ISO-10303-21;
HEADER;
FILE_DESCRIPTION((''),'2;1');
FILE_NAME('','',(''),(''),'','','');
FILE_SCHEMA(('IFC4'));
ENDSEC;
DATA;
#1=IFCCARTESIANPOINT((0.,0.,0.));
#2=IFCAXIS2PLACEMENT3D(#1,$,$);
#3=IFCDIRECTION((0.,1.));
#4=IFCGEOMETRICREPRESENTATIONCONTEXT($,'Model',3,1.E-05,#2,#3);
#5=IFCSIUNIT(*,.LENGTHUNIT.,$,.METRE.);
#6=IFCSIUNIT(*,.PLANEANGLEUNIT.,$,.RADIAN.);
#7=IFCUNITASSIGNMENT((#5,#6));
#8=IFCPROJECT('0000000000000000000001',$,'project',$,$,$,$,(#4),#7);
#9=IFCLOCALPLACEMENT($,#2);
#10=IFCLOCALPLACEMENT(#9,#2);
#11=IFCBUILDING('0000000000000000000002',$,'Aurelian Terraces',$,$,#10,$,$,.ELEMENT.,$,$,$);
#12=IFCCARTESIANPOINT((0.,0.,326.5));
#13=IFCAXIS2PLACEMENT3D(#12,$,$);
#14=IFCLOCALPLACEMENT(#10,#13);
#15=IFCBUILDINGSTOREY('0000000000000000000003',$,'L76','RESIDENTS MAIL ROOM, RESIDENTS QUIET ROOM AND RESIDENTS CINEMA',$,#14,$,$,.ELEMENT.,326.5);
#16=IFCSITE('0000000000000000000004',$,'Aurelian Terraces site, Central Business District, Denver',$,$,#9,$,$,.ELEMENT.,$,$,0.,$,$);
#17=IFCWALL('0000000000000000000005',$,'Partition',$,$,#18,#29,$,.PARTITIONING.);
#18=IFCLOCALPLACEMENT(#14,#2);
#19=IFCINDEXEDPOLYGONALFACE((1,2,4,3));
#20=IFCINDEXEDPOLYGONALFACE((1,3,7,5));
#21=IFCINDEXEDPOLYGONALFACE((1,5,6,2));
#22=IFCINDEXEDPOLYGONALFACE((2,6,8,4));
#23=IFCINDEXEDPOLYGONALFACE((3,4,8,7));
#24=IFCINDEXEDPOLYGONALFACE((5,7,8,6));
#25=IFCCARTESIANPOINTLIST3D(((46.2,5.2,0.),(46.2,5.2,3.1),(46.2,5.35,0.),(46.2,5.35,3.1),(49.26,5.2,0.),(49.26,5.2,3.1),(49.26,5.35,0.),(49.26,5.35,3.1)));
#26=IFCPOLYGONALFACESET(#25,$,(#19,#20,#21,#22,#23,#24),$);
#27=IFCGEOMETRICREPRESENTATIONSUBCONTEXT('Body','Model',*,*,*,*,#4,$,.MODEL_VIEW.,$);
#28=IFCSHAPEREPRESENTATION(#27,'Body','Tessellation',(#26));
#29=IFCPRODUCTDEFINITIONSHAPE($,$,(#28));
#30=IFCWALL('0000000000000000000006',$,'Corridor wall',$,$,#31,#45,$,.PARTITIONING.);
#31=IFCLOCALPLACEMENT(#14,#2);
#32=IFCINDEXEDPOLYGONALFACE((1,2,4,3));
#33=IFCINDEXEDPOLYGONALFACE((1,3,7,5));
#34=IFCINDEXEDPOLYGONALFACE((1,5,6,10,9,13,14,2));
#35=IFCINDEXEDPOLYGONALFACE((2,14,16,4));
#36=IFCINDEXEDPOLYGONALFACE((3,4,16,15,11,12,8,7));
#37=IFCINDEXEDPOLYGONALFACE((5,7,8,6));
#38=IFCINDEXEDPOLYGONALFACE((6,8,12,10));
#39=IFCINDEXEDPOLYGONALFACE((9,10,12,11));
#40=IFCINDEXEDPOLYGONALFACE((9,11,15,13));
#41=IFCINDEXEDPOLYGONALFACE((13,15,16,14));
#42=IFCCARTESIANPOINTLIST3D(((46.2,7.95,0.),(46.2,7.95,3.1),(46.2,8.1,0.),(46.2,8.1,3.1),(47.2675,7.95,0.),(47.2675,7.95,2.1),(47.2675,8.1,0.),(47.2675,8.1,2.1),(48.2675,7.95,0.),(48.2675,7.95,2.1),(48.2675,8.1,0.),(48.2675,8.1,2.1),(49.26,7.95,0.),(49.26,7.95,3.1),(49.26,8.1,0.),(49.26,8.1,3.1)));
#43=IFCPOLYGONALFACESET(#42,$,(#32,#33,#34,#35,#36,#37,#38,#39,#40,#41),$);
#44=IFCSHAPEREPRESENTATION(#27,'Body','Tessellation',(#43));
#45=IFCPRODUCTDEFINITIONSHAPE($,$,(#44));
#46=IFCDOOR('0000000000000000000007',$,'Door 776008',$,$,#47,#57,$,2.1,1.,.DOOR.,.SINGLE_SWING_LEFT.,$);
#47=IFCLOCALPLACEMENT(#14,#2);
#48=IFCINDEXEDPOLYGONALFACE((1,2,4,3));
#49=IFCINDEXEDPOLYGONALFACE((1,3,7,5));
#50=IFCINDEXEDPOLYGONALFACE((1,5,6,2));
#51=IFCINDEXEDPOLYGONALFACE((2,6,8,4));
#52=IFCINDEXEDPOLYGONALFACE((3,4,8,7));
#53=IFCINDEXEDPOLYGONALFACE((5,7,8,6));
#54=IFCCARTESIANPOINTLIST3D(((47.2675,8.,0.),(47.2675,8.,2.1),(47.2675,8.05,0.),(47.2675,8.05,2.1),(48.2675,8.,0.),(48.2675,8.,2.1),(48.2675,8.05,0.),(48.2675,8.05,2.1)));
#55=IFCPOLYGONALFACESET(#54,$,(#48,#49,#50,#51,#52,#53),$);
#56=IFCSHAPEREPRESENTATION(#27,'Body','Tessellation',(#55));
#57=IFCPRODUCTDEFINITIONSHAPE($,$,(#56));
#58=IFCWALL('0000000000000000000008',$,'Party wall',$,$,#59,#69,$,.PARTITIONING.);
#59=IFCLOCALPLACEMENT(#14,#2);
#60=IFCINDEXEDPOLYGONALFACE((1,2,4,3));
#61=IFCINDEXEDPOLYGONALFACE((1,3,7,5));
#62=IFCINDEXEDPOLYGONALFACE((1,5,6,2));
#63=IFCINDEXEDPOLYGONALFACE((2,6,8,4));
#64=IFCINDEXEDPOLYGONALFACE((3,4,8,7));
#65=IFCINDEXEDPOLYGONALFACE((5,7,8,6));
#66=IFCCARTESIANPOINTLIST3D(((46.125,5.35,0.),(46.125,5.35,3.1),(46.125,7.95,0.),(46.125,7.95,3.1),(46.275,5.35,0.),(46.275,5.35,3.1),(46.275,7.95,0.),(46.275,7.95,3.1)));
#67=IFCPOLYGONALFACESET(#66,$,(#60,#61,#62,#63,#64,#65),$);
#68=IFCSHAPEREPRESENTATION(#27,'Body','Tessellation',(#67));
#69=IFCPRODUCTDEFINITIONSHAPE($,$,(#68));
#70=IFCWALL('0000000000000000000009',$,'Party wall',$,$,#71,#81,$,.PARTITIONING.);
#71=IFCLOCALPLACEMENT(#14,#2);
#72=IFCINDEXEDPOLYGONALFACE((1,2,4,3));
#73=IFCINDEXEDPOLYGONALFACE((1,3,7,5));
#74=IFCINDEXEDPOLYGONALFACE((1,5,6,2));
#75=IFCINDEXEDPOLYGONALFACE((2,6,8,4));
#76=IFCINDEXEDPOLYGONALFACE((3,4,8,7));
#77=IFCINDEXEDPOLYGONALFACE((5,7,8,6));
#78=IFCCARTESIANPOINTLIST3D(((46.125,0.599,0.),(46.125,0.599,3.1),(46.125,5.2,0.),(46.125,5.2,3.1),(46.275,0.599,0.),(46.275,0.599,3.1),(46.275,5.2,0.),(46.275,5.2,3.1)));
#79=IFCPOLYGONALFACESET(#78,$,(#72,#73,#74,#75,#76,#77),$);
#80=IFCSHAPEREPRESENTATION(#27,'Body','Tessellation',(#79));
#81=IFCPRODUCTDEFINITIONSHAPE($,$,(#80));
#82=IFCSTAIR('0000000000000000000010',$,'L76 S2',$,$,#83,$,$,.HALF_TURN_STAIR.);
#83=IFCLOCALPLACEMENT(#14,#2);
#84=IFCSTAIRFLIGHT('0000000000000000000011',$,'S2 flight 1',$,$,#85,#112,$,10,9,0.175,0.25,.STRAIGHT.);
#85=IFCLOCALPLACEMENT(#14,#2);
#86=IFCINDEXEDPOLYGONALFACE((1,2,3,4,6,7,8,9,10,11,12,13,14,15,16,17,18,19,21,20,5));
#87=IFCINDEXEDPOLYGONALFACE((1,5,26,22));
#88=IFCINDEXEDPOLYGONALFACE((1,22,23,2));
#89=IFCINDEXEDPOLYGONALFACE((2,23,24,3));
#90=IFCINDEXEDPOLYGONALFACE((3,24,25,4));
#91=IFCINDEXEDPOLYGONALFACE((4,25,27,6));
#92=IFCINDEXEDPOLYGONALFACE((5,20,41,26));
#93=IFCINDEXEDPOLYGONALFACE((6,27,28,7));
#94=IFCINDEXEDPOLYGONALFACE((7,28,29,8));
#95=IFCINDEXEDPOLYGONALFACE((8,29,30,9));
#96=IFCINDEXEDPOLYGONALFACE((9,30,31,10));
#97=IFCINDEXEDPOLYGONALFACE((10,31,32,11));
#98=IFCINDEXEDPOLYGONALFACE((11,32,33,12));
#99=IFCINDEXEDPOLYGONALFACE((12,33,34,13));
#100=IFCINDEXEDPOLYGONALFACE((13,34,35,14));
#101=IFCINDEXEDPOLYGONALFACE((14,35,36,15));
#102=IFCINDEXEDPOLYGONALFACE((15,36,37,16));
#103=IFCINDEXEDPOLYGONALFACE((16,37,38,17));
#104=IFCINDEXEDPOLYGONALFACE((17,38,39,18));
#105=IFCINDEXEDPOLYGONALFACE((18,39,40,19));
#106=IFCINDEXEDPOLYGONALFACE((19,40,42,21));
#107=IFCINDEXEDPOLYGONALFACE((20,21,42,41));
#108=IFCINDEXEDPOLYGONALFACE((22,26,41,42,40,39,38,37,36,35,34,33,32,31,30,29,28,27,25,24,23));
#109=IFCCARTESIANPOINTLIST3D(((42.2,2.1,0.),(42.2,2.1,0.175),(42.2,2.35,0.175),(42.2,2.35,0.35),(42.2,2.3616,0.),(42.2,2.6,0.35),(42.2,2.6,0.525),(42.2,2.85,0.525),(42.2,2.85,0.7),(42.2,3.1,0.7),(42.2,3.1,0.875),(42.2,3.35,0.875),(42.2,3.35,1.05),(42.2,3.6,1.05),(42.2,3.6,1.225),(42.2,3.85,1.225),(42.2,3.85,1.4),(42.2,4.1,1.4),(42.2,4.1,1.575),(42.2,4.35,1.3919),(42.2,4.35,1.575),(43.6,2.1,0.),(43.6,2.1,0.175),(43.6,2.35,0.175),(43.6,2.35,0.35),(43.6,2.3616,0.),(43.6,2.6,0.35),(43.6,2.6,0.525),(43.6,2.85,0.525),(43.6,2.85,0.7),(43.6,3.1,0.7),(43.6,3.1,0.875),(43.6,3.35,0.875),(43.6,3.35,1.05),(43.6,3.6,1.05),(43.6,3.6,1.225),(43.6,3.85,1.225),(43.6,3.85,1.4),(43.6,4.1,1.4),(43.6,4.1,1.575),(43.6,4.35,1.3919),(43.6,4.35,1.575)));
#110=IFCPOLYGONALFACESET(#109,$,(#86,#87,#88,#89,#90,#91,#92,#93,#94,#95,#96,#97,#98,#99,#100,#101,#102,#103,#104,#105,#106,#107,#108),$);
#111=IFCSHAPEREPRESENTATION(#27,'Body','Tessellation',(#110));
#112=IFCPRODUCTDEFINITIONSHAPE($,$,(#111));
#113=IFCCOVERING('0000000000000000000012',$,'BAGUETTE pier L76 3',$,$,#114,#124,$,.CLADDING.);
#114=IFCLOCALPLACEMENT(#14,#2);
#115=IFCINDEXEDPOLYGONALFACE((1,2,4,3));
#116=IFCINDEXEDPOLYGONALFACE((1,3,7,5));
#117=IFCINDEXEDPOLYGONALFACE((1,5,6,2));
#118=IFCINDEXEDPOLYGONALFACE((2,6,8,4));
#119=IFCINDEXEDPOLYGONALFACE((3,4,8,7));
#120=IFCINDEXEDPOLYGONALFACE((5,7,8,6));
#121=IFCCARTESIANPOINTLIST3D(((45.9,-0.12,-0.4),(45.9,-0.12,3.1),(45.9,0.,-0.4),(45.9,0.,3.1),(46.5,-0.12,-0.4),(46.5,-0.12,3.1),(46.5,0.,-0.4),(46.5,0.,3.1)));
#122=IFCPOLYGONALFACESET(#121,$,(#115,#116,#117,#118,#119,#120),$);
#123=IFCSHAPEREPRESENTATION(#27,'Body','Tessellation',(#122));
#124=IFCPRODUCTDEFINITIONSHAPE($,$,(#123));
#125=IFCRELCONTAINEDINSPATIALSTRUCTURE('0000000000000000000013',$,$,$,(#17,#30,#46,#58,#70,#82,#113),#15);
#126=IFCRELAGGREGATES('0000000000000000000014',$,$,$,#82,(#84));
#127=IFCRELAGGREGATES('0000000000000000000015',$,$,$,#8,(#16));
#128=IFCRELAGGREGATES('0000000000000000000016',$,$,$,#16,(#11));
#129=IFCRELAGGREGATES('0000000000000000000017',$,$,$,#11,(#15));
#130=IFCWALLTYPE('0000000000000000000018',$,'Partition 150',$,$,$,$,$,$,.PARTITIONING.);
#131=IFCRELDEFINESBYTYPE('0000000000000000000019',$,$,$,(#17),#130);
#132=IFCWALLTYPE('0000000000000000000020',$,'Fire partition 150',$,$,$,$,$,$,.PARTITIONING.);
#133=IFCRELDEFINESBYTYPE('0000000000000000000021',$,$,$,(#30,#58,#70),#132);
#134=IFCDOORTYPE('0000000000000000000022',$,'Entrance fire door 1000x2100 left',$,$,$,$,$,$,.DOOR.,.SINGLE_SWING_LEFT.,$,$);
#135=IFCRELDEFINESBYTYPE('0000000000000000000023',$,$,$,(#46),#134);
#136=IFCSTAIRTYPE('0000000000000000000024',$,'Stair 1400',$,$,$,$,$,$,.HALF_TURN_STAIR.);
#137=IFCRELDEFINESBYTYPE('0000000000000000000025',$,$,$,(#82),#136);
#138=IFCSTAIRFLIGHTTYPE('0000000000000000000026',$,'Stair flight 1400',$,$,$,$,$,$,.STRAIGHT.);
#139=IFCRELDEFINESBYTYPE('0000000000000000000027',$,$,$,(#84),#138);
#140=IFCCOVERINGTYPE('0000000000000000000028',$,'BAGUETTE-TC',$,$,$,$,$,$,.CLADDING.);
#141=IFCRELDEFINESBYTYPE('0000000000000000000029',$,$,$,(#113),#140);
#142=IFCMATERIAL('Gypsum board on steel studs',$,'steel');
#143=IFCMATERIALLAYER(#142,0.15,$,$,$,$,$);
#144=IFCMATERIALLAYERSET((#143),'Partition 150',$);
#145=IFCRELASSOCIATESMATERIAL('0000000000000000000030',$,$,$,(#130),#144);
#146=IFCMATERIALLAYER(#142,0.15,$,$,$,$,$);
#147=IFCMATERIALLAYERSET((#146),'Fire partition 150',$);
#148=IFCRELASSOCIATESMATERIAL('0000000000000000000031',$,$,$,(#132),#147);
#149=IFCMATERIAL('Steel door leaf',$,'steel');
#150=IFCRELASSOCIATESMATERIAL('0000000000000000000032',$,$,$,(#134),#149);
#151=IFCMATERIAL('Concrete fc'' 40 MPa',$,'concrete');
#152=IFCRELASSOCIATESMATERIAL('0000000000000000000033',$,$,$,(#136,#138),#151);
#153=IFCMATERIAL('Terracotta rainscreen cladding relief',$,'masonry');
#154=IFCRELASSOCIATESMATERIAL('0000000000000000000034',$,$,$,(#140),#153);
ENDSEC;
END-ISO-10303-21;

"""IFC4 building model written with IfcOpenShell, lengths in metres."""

from ifc_helpers import new_model, si_unit, direction, frame, frame_2d, origin, origin_2d, place, context, subcontext, project, spatial, polyline, rectangle, outline, extrude, source, transform, mapped, material, layer, layer_set, type_object, element, fill, aggregate, save


model = new_model("IFC4")

# Units and contexts
model_context = context("Model", 3, precision=1e-05, world=origin(), true_north=direction((0.0, 1.0)))
body_context = subcontext(model_context, "Body", "Model", "MODEL_VIEW")
ifc_project = project(units=[si_unit("LENGTHUNIT", "METRE"), si_unit("PLANEANGLEUNIT", "RADIAN")], contexts=[model_context])

# Site, building, storey
site_placement = place(None, origin())
site = spatial("IfcSite", under=ifc_project, at=site_placement, Name="Aurelian Terraces site, Central Business District, Denver", CompositionType="ELEMENT", RefElevation=0.0)
building_placement = place(site_placement, origin())
building = spatial("IfcBuilding", under=site, at=building_placement, Name="Aurelian Terraces", CompositionType="ELEMENT")
storey_placement = place(building_placement, frame((0.0, 0.0, 326.5)))
storey = spatial("IfcBuildingStorey", under=building, at=storey_placement, Name="L76", Description="RESIDENTS MAIL ROOM, RESIDENTS QUIET ROOM AND RESIDENTS CINEMA", CompositionType="ELEMENT", Elevation=326.5)

# Wall
ifc_material_1 = material(Name="Concrete fc' 40 MPa", Category="concrete")
ifc_material_2 = material(Name="Gypsum board on steel studs", Category="steel")
ifc_layer_1 = layer(ifc_material_2, 0.15)
ifc_layer_set_1 = layer_set([ifc_layer_1], Name="Partition 150")
wall_type_1 = type_object("IfcWallType", Name="Partition 150", PredefinedType="PARTITIONING", material=ifc_layer_set_1)
shared_shape_1 = source(origin(), body_context, "Body", "SweptSolid", [
    extrude(rectangle(XDim=3.06, YDim=0.15, at=frame_2d((1.53, 0.0))), origin(), (0.0, 0.0, 1.0), 3.1),
])
wall_1_placement = place(storey_placement, frame((49.26, 5.275, 0.0), z_axis=(0.0, 0.0, 1.0), x_axis=(-1.0, 0.0, 0.0)))
element("IfcWall", 1, at=wall_1_placement, inside=storey, type_object=wall_type_1, Name="Partition", PredefinedType="PARTITIONING", context=body_context, shape_type="MappedRepresentation", body=[
    mapped(shared_shape_1, transform((0.0, 0.0, 0.0), scale=1.0)),
])

# Wall, opening, door
ifc_layer_2 = layer(ifc_material_2, 0.15)
ifc_layer_set_2 = layer_set([ifc_layer_2], Name="Fire partition 150")
wall_type_2 = type_object("IfcWallType", Name="Fire partition 150", PredefinedType="PARTITIONING", material=ifc_layer_set_2)
wall_2_placement = place(storey_placement, frame((49.26, 8.025, 0.0), z_axis=(0.0, 0.0, 1.0), x_axis=(-1.0, 0.0, 0.0)))
wall_2 = element("IfcWall", 2, at=wall_2_placement, inside=storey, type_object=wall_type_2, Name="Corridor wall", PredefinedType="PARTITIONING", context=body_context, shape_type="MappedRepresentation", body=[
    mapped(shared_shape_1, transform((0.0, 0.0, 0.0), scale=1.0)),
])
shared_shape_2 = source(origin(), body_context, "Body", "SweptSolid", [
    extrude(rectangle(XDim=1.0, YDim=2.1, at=frame_2d((0.5, 1.05))), frame((0.0, 0.085, 0.0), z_axis=(0.0, -1.0, 0.0), x_axis=(1.0, 0.0, 0.0)), (0.0, 0.0, 1.0), 0.17),
])
opening_1_placement = place(wall_2_placement, frame((0.9925, 0.0, 0.0)))
opening_1 = element("IfcOpeningElement", 3, at=opening_1_placement, cuts=wall_2, PredefinedType="OPENING", context=body_context, shape_type="MappedRepresentation", body=[
    mapped(shared_shape_2, transform((0.0, 0.0, 0.0), scale=1.0)),
])
ifc_material_3 = material(Name="Steel door leaf", Category="steel")
door_type = type_object("IfcDoorType", Name="Entrance fire door 1000x2100 left", OperationType="SINGLE_SWING_LEFT", PredefinedType="DOOR", material=ifc_material_3)
shared_shape_3 = source(origin(), body_context, "Body", "SweptSolid", [
    extrude(rectangle(XDim=1.0, YDim=2.1, at=frame_2d((0.5, 1.05))), frame((0.0, 0.025, 0.0), z_axis=(0.0, -1.0, 0.0), x_axis=(1.0, 0.0, 0.0)), (0.0, 0.0, 1.0), 0.05),
])
door_placement = place(opening_1_placement, origin())
door = element("IfcDoor", 4, at=door_placement, inside=storey, type_object=door_type, Name="Door 776008", OperationType="SINGLE_SWING_LEFT", OverallHeight=2.1, OverallWidth=1.0, PredefinedType="DOOR", context=body_context, shape_type="MappedRepresentation", body=[
    mapped(shared_shape_3, transform((0.0, 0.0, 0.0), scale=1.0)),
])
fill(opening_1, door)

# Walls
shared_shape_4 = source(origin(), body_context, "Body", "SweptSolid", [
    extrude(rectangle(XDim=2.6, YDim=0.15, at=frame_2d((1.3, 0.0))), origin(), (0.0, 0.0, 1.0), 3.1),
])
wall_3_placement = place(storey_placement, frame((46.2, 5.35, 0.0), z_axis=(0.0, 0.0, 1.0), x_axis=(0.0, 1.0, 0.0)))
element("IfcWall", 5, at=wall_3_placement, inside=storey, type_object=wall_type_2, Name="Party wall", PredefinedType="PARTITIONING", context=body_context, shape_type="MappedRepresentation", body=[
    mapped(shared_shape_4, transform((0.0, 0.0, 0.0), scale=1.0)),
])
shared_shape_5 = source(origin(), body_context, "Body", "SweptSolid", [
    extrude(rectangle(XDim=4.601, YDim=0.15, at=frame_2d((2.3005, 0.0))), origin(), (0.0, 0.0, 1.0), 3.1),
])
wall_4_placement = place(storey_placement, frame((46.2, 0.599, 0.0), z_axis=(0.0, 0.0, 1.0), x_axis=(0.0, 1.0, 0.0)))
element("IfcWall", 6, at=wall_4_placement, inside=storey, type_object=wall_type_2, Name="Party wall", PredefinedType="PARTITIONING", context=body_context, shape_type="MappedRepresentation", body=[
    mapped(shared_shape_5, transform((0.0, 0.0, 0.0), scale=1.0)),
])

# Stair, stair flight
stair_type = type_object("IfcStairType", Name="Stair 1400", PredefinedType="HALF_TURN_STAIR", material=ifc_material_1)
stair_placement = place(storey_placement, origin())
stair = element("IfcStair", 7, at=stair_placement, inside=storey, type_object=stair_type, Name="L76 S2", PredefinedType="HALF_TURN_STAIR")
stair_flight_type = type_object("IfcStairFlightType", Name="Stair flight 1400", PredefinedType="STRAIGHT", material=ifc_material_1)
shared_shape_6 = source(origin(), body_context, "Body", "SweptSolid", [
    extrude(outline(polyline([(0.0, 0.0), (0.0, 0.175), (0.25, 0.175), (0.25, 0.35), (0.5, 0.35), (0.5, 0.525), (0.75, 0.525), (0.75, 0.7), (1.0, 0.7), (1.0, 0.875), (1.25, 0.875), (1.25, 1.05), (1.5, 1.05), (1.5, 1.225), (1.75, 1.225), (1.75, 1.4), (2.0, 1.4), (2.0, 1.575), (2.25, 1.575), (2.25, 1.75), (2.25, 1.3919), (0.2616, 0.0), (0.0, 0.0)])), frame((0.0, 0.7, 0.0), z_axis=(0.0, -1.0, 0.0), x_axis=(1.0, 0.0, 0.0)), (0.0, 0.0, 1.0), 1.4),
])
stair_flight_placement = place(storey_placement, frame((42.9, 2.1, 0.0), z_axis=(0.0, 0.0, 1.0), x_axis=(0.0, 1.0, 0.0)))
stair_flight = element("IfcStairFlight", 8, at=stair_flight_placement, type_object=stair_flight_type, Name="S2 flight 1", NumberOfRisers=10, NumberOfTreads=9, PredefinedType="STRAIGHT", RiserHeight=0.175, TreadLength=0.25, context=body_context, shape_type="MappedRepresentation", body=[
    mapped(shared_shape_6, transform((0.0, 0.0, 0.0), scale=1.0)),
])
aggregate(stair, [stair_flight])

# Covering
ifc_material_4 = material(Name="Terracotta rainscreen cladding relief", Category="masonry")
covering_type = type_object("IfcCoveringType", Name="BAGUETTE-TC", PredefinedType="CLADDING", material=ifc_material_4)
shared_shape_7 = source(origin(), body_context, "Body", "SweptSolid", [
    extrude(rectangle(XDim=0.6, YDim=0.12, at=origin_2d()), origin(), (0.0, 0.0, 1.0), 3.5),
])
covering_placement = place(storey_placement, frame((46.2, -0.06, -0.4), z_axis=(0.0, 0.0, 1.0), x_axis=(1.0, 0.0, 0.0)))
element("IfcCovering", 9, at=covering_placement, inside=storey, type_object=covering_type, Name="BAGUETTE pier L76 3", PredefinedType="CLADDING", context=body_context, shape_type="MappedRepresentation", body=[
    mapped(shared_shape_7, transform((0.0, 0.0, 0.0), scale=1.0)),
])

save(model, "model.ifc")
